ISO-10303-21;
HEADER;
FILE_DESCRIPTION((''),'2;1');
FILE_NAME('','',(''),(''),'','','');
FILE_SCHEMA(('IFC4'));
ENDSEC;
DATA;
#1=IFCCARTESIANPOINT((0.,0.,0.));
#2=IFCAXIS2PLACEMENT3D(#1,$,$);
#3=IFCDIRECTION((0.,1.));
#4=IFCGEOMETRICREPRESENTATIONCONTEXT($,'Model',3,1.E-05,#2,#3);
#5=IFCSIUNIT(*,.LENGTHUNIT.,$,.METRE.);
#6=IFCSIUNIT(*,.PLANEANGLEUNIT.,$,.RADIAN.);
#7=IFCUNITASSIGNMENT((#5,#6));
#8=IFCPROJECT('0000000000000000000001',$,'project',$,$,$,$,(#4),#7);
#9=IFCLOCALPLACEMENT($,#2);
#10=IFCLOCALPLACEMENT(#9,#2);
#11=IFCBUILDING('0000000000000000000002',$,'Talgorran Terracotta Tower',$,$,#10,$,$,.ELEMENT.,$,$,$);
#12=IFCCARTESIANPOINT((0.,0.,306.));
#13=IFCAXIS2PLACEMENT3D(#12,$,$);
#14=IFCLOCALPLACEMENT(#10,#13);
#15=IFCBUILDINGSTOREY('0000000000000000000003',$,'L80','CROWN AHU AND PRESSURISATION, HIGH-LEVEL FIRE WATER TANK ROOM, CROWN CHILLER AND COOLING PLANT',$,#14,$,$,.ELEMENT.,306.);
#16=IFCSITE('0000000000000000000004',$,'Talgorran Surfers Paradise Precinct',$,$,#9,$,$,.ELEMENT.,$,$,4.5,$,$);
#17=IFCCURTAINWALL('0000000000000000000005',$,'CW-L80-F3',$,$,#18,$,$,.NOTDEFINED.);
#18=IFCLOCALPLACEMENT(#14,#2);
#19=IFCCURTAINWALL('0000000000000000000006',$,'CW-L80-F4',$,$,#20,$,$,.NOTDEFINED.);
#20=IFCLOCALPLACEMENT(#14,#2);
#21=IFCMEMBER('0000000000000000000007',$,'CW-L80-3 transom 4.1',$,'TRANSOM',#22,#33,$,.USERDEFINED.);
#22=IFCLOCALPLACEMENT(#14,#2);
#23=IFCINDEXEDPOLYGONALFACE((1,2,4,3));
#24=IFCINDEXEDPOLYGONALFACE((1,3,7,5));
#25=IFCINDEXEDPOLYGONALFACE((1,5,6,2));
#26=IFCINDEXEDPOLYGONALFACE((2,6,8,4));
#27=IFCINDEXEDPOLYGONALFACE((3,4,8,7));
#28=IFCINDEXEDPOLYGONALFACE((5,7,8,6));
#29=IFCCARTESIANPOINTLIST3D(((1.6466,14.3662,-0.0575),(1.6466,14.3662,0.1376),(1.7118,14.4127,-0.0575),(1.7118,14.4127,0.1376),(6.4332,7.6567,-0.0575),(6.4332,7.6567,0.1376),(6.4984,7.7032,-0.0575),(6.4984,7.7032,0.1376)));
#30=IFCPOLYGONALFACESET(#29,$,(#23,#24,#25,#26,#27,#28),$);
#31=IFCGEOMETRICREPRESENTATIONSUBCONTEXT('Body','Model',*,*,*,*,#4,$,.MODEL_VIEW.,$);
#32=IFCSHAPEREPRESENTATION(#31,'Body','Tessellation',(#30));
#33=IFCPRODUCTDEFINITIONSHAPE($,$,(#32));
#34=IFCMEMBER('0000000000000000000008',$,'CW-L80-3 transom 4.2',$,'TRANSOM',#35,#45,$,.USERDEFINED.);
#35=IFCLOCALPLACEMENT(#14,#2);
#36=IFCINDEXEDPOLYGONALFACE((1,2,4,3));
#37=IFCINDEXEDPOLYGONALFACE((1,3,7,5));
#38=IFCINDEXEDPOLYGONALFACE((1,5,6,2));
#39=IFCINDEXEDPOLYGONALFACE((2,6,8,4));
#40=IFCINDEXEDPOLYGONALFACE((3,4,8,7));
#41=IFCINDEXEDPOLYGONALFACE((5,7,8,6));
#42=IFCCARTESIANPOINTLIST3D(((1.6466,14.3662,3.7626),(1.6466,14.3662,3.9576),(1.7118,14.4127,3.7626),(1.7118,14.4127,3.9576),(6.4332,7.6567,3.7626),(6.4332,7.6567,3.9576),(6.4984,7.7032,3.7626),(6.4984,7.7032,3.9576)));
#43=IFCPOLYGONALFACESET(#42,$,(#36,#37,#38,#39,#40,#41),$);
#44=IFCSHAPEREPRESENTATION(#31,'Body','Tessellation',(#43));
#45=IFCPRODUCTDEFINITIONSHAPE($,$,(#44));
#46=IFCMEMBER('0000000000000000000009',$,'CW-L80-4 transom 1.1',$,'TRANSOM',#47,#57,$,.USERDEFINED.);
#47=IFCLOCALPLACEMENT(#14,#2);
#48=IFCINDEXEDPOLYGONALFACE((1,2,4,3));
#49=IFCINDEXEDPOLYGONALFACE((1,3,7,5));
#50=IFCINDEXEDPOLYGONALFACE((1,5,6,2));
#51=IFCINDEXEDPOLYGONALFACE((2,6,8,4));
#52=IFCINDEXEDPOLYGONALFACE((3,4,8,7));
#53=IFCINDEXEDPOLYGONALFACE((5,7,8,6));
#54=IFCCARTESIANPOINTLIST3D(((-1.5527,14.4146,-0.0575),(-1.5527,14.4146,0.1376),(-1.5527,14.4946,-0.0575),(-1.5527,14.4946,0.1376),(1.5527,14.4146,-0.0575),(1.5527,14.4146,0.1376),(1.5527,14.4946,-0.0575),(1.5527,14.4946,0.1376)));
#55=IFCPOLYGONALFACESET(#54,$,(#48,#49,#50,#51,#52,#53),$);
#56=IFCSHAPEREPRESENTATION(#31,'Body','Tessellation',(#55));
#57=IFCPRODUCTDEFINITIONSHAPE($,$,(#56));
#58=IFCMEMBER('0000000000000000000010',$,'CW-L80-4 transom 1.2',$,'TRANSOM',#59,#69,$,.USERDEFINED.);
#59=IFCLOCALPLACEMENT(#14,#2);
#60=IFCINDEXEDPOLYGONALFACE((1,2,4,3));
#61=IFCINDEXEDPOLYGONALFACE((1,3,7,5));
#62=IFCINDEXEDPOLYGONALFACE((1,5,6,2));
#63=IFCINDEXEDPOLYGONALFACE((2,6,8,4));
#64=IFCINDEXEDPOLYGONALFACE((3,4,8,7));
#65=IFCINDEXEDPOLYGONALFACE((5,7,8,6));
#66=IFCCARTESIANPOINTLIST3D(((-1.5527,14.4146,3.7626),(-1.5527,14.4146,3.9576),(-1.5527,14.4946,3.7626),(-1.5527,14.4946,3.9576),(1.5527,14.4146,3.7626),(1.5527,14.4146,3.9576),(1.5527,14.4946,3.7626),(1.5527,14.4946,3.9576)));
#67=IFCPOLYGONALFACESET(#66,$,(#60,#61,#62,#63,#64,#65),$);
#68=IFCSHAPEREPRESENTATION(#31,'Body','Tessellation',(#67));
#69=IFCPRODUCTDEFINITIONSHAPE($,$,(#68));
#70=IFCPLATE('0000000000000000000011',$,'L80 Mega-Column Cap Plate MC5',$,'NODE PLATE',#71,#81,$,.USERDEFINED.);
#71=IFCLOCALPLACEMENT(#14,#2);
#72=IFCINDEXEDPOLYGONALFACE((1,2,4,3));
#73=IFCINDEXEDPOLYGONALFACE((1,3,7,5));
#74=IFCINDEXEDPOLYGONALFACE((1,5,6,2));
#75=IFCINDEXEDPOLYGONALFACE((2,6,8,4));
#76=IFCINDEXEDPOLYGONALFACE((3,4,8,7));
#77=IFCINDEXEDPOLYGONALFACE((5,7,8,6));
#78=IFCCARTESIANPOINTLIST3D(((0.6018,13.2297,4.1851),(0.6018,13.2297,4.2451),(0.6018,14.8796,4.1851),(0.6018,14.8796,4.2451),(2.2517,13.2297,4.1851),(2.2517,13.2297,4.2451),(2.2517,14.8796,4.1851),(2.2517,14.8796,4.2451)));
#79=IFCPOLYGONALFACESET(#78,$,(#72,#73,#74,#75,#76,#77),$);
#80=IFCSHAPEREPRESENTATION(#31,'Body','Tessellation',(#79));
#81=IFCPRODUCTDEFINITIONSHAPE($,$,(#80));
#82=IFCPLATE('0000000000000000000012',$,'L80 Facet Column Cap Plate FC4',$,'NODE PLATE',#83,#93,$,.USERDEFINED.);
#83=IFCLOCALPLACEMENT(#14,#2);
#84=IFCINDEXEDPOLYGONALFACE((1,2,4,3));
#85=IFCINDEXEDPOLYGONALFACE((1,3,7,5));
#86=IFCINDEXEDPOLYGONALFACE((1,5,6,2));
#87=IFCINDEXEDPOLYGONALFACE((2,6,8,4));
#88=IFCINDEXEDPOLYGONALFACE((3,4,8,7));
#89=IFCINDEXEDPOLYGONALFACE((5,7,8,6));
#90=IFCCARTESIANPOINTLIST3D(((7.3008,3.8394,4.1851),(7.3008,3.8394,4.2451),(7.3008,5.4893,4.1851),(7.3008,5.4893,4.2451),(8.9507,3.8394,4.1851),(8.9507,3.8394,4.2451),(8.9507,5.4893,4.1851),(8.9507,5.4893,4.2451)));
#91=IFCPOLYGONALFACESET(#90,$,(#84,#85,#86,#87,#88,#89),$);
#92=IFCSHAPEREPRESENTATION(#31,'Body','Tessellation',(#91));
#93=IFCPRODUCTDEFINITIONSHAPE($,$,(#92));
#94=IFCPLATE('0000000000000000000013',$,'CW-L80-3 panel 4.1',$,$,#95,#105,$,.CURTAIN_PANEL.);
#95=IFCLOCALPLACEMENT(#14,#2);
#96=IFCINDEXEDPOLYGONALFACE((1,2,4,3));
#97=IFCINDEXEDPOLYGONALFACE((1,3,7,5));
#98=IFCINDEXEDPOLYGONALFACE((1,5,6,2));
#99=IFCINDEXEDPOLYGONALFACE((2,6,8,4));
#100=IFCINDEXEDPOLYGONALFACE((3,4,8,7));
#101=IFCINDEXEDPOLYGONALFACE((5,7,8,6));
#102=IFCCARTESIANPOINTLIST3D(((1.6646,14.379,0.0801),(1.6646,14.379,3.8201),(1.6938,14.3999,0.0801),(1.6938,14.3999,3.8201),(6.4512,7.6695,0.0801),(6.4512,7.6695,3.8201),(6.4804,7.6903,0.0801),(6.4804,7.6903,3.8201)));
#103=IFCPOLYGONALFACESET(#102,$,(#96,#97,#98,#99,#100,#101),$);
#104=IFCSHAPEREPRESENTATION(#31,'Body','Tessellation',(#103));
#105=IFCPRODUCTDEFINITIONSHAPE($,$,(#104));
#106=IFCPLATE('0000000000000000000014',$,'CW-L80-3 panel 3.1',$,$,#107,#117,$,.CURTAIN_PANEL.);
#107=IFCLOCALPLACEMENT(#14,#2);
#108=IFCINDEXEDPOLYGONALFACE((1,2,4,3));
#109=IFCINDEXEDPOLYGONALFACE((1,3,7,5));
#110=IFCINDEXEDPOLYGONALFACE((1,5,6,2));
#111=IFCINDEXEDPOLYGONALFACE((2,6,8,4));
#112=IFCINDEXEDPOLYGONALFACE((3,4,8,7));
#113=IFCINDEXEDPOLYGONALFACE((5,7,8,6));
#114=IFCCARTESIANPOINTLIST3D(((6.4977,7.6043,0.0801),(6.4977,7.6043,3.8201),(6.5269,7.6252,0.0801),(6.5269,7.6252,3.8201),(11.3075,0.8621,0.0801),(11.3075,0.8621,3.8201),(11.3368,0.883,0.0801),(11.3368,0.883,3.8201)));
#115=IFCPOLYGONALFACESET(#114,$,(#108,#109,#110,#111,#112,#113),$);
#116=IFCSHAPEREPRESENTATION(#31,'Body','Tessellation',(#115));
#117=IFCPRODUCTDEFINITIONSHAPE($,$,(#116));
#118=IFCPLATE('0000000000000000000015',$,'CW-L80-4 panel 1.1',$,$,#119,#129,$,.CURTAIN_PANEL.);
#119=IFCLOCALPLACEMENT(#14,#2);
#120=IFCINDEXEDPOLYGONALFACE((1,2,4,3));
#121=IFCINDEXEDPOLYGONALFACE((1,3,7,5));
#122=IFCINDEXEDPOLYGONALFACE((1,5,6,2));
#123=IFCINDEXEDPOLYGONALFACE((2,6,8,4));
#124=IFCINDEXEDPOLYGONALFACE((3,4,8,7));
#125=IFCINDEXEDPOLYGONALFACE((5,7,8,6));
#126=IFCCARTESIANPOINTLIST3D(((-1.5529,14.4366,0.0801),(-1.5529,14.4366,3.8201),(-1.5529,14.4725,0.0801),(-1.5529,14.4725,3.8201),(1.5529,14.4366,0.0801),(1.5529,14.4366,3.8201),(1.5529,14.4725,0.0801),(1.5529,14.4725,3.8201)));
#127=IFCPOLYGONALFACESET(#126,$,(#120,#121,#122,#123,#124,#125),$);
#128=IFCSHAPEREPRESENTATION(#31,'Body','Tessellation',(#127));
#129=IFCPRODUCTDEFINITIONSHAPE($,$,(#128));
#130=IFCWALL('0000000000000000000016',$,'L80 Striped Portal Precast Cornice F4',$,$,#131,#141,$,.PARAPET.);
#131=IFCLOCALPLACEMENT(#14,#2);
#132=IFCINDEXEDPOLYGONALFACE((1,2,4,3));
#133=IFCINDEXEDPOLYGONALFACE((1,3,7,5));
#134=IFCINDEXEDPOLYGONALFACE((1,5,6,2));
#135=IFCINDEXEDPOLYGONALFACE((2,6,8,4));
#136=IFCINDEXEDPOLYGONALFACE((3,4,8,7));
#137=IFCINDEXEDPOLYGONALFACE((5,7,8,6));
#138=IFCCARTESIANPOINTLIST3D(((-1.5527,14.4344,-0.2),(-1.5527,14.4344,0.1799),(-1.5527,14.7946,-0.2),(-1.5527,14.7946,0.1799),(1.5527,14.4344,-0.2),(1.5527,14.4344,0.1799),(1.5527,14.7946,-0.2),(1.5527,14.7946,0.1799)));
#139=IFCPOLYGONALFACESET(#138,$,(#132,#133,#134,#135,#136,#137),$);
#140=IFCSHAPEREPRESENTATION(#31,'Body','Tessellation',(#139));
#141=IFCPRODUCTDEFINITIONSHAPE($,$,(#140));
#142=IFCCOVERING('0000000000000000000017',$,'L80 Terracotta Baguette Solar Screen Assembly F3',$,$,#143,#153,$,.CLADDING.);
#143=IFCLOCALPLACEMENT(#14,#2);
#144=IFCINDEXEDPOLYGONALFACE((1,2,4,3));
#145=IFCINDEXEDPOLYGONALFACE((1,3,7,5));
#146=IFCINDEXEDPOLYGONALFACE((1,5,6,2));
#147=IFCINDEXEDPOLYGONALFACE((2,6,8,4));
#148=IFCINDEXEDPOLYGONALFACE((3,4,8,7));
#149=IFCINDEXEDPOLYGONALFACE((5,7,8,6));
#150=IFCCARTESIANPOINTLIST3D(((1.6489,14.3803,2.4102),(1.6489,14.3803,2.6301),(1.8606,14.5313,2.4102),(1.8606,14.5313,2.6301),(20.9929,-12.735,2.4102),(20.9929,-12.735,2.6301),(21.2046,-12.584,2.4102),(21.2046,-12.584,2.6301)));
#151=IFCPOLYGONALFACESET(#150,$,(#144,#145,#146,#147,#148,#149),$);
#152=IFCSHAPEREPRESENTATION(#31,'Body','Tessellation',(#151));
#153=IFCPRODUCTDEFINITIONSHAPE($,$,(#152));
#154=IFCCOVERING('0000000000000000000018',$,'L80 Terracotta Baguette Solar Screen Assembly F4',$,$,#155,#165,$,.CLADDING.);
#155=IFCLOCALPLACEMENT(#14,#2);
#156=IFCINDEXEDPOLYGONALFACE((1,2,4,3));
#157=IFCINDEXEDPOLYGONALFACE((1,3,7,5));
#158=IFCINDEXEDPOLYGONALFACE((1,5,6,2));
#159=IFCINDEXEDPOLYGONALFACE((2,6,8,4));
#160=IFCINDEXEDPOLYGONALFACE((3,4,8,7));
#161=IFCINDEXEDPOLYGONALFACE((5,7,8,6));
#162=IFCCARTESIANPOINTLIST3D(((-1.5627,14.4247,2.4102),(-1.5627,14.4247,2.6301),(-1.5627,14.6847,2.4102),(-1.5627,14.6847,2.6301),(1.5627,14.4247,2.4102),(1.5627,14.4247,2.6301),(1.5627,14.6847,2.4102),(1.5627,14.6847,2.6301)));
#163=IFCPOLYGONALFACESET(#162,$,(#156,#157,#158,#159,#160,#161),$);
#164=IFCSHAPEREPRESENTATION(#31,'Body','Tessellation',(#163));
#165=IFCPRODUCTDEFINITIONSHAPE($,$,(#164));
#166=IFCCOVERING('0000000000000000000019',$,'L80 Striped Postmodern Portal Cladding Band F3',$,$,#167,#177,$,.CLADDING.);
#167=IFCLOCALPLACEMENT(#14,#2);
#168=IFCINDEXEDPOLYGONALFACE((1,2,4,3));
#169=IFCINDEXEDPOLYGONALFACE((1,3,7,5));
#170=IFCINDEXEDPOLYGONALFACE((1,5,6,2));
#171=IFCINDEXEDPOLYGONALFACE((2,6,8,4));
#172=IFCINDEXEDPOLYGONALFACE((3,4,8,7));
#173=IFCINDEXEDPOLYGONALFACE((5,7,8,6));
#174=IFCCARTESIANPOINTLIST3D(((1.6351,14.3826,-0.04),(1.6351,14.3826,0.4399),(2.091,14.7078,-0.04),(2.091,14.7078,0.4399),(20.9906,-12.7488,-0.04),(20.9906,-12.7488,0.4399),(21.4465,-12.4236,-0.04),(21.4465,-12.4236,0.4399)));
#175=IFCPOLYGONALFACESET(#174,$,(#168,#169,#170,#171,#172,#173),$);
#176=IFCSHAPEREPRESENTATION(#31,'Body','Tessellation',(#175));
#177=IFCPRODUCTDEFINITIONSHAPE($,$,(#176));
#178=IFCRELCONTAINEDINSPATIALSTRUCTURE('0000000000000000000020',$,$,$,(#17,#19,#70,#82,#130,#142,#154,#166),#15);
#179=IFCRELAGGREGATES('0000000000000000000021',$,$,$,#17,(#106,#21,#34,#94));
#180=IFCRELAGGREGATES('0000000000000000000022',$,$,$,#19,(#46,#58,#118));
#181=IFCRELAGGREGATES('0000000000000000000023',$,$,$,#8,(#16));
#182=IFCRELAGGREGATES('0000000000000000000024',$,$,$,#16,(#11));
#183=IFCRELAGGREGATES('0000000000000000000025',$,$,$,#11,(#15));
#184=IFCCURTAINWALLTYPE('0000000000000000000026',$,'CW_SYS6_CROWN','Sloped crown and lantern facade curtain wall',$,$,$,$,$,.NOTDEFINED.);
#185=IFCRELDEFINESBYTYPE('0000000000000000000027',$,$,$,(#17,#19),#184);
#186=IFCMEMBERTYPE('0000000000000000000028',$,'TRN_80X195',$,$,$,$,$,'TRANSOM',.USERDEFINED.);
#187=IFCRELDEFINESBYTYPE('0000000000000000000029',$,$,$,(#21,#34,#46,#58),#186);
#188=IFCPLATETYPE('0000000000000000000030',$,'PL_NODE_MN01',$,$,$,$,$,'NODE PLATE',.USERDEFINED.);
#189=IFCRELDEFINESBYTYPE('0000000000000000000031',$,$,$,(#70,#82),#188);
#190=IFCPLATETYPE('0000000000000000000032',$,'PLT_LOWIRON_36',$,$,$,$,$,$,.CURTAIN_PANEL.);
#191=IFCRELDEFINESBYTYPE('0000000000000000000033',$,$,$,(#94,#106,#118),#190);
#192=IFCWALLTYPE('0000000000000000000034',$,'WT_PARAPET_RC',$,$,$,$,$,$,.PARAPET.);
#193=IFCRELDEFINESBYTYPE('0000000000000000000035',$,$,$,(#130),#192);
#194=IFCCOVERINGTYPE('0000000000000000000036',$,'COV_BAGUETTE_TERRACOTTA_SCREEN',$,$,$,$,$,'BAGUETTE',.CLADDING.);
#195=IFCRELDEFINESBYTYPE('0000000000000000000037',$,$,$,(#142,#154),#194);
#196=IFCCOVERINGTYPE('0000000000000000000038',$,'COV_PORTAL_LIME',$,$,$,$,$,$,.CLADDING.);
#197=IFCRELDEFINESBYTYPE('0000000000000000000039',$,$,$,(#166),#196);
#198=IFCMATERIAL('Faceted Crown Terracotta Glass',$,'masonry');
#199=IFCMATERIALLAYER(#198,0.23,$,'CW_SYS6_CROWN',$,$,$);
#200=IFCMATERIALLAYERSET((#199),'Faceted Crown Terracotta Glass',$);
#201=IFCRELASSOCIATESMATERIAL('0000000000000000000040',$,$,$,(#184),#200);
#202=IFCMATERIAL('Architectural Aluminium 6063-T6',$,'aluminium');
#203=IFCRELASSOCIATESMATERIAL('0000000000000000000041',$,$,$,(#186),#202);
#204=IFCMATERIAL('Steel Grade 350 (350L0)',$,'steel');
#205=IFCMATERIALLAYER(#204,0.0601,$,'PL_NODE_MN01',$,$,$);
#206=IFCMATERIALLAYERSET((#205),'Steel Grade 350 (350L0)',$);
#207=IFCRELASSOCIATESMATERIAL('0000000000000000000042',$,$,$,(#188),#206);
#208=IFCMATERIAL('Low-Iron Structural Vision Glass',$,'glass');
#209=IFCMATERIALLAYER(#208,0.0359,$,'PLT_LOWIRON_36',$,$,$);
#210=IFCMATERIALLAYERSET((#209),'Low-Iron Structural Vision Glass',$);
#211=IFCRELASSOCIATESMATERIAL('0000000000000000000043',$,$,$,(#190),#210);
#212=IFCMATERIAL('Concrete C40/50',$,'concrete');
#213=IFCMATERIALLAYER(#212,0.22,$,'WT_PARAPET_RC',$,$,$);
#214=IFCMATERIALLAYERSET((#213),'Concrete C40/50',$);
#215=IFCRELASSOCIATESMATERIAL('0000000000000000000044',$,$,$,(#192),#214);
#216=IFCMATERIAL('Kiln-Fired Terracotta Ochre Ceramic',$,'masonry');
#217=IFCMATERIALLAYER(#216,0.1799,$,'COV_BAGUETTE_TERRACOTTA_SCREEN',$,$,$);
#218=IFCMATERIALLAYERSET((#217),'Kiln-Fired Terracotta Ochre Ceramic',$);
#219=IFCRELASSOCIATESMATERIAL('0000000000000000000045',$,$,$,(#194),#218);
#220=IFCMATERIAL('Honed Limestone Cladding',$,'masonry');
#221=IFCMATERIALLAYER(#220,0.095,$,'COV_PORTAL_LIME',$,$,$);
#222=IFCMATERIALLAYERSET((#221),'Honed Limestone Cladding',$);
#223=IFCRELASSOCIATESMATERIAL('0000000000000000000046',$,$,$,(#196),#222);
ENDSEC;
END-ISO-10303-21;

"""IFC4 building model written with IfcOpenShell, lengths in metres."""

from ifc_helpers import new_model, si_unit, direction, frame, frame_2d, origin, origin_2d, place, context, subcontext, project, spatial, rectangle, extrude, source, transform, mapped, material, layer, layer_set, material_profile, profile_set, type_object, type_shapes, element, aggregate, save


model = new_model("IFC4")

# Units and contexts
model_context = context("Model", 3, precision=1e-05, world=origin(), true_north=direction((0.0, 1.0)))
body_context = subcontext(model_context, "Body", "Model", "MODEL_VIEW")
ifc_project = project(units=[si_unit("LENGTHUNIT", "METRE"), si_unit("PLANEANGLEUNIT", "RADIAN")], contexts=[model_context])

# Site, building, storey
site_placement = place(None, origin())
site = spatial("IfcSite", under=ifc_project, at=site_placement, Name="Talgorran Surfers Paradise Precinct", CompositionType="ELEMENT", RefElevation=4.5)
building_placement = place(site_placement, origin())
building = spatial("IfcBuilding", under=site, at=building_placement, Name="Talgorran Terracotta Tower", CompositionType="ELEMENT")
storey_placement = place(building_placement, frame((0.0, 0.0, 306.0)))
storey = spatial("IfcBuildingStorey", under=building, at=storey_placement, Name="L80", Description="CROWN AHU AND PRESSURISATION, HIGH-LEVEL FIRE WATER TANK ROOM, CROWN CHILLER AND COOLING PLANT", CompositionType="ELEMENT", Elevation=306.0)

# Shared definitions
ifc_material_1 = material(Name="Steel Grade 350 (350L0)", Category="steel")

# Curtain wall
ifc_material_2 = material(Name="Faceted Crown Terracotta Glass", Category="masonry")
ifc_layer_1 = layer(ifc_material_2, 0.23, Name="CW_SYS6_CROWN")
ifc_layer_set_1 = layer_set([ifc_layer_1], Name="Faceted Crown Terracotta Glass")
curtain_wall_type = type_object("IfcCurtainWallType", Name="CW_SYS6_CROWN", Description="Sloped crown and lantern facade curtain wall", PredefinedType="NOTDEFINED", material=ifc_layer_set_1)
curtain_wall_1_placement = place(storey_placement, origin())
curtain_wall_1 = element("IfcCurtainWall", 1, at=curtain_wall_1_placement, inside=storey, type_object=curtain_wall_type, Name="CW-L80-F3", PredefinedType="NOTDEFINED")
ifc_material_3 = material(Name="Architectural Aluminium 6063-T6", Category="aluminium")

# Curtain wall
curtain_wall_2_placement = place(storey_placement, origin())
curtain_wall_2 = element("IfcCurtainWall", 2, at=curtain_wall_2_placement, inside=storey, type_object=curtain_wall_type, Name="CW-L80-F4", PredefinedType="NOTDEFINED")

# Members
ifc_material_profile_1 = material_profile(ifc_material_3, rectangle(XDim=0.0801, YDim=0.1951, at=origin_2d()), Name="CWT80X195")
ifc_profile_set_1 = profile_set([ifc_material_profile_1], Name="Architectural Aluminium 6063-T6")
member_type_1 = type_object("IfcMemberType", Name="TRN_80X195", ElementType="TRANSOM", PredefinedType="USERDEFINED", material=ifc_profile_set_1)
member_1_placement = place(storey_placement, frame((6.4658, 7.6799, 0.04), z_axis=(-0.580767, 0.81407, 0.0), x_axis=(-0.81407, -0.580767, 0.0)))
member_1 = element("IfcMember", 3, at=member_1_placement, type_object=member_type_1, Name="CW-L80-3 transom 4.1", ObjectType="TRANSOM", PredefinedType="USERDEFINED", context=body_context, shape_type="SweptSolid", body=[
    extrude(rectangle(XDim=0.0801, YDim=0.1951, at=origin_2d()), origin(), (0.0, 0.0, 1.0), 8.2419),
])
member_2_placement = place(storey_placement, frame((6.4658, 7.6799, 3.8601), z_axis=(-0.580767, 0.81407, 0.0), x_axis=(-0.81407, -0.580767, 0.0)))
member_2 = element("IfcMember", 4, at=member_2_placement, type_object=member_type_1, Name="CW-L80-3 transom 4.2", ObjectType="TRANSOM", PredefinedType="USERDEFINED", context=body_context, shape_type="SweptSolid", body=[
    extrude(rectangle(XDim=0.0801, YDim=0.1951, at=origin_2d()), origin(), (0.0, 0.0, 1.0), 8.2419),
])
member_3_placement = place(storey_placement, frame((1.5527, 14.4546, 0.04), z_axis=(-1.0, 0.0, 0.0), x_axis=(0.0, -1.0, 0.0)))
member_3 = element("IfcMember", 5, at=member_3_placement, type_object=member_type_1, Name="CW-L80-4 transom 1.1", ObjectType="TRANSOM", PredefinedType="USERDEFINED", context=body_context, shape_type="SweptSolid", body=[
    extrude(rectangle(XDim=0.0801, YDim=0.1951, at=origin_2d()), origin(), (0.0, 0.0, 1.0), 3.1055),
])
member_4_placement = place(storey_placement, frame((1.5527, 14.4546, 3.8601), z_axis=(-1.0, 0.0, 0.0), x_axis=(0.0, -1.0, 0.0)))
member_4 = element("IfcMember", 6, at=member_4_placement, type_object=member_type_1, Name="CW-L80-4 transom 1.2", ObjectType="TRANSOM", PredefinedType="USERDEFINED", context=body_context, shape_type="SweptSolid", body=[
    extrude(rectangle(XDim=0.0801, YDim=0.1951, at=origin_2d()), origin(), (0.0, 0.0, 1.0), 3.1055),
])

# Plates
ifc_layer_2 = layer(ifc_material_1, 0.0601, Name="PL_NODE_MN01")
ifc_layer_set_2 = layer_set([ifc_layer_2], Name="Steel Grade 350 (350L0)")
plate_type_1 = type_object("IfcPlateType", Name="PL_NODE_MN01", ElementType="NODE PLATE", PredefinedType="USERDEFINED", material=ifc_layer_set_2)
for number, where, z_axis, x_axis, name in (
    (7, (1.4268, 14.0547, 4.1851), (0.0, 0.0, 1.0), (1.0, 0.0, 0.0), "L80 Mega-Column Cap Plate MC5"),
    (8, (8.1257, 4.6643, 4.1851), (0.0, 0.0, 1.0), (1.0, 0.0, 0.0), "L80 Facet Column Cap Plate FC4"),
):
    element("IfcPlate", number, at=place(storey_placement, frame(where, z_axis=z_axis, x_axis=x_axis)), inside=storey, type_object=plate_type_1, Name=name, ObjectType="NODE PLATE", PredefinedType="USERDEFINED", context=body_context, shape_type="SweptSolid", body=[
        extrude(rectangle(XDim=1.6499, YDim=1.6499, at=origin_2d()), origin(), (0.0, 0.0, 1.0), 0.0601),
    ])

# Plates
ifc_material_4 = material(Name="Low-Iron Structural Vision Glass", Category="glass")
ifc_layer_3 = layer(ifc_material_4, 0.0359, Name="PLT_LOWIRON_36")
ifc_layer_set_3 = layer_set([ifc_layer_3], Name="Low-Iron Structural Vision Glass")
plate_type_2 = type_object("IfcPlateType", Name="PLT_LOWIRON_36", PredefinedType="CURTAIN_PANEL", material=ifc_layer_set_3)
shared_shape_1 = source(origin(), body_context, "Body", "SweptSolid", [
    extrude(rectangle(XDim=8.2419, YDim=0.0359, at=origin_2d()), origin(), (0.0, 0.0, 1.0), 3.74),
])
plate_1_placement = place(storey_placement, frame((4.0725, 11.0347, 0.0801), z_axis=(0.0, 0.0, 1.0), x_axis=(-0.580758, 0.814076, 0.0)))
plate_1 = element("IfcPlate", 9, at=plate_1_placement, type_object=plate_type_2, Name="CW-L80-3 panel 4.1", PredefinedType="CURTAIN_PANEL", context=body_context, shape_type="MappedRepresentation", body=[
    mapped(shared_shape_1, transform((0.0, 0.0, 0.0), scale=1.0)),
])
shared_shape_2 = source(origin(), body_context, "Body", "SweptSolid", [
    extrude(rectangle(XDim=8.282, YDim=0.0359, at=origin_2d()), origin(), (0.0, 0.0, 1.0), 3.74),
])
plate_2_placement = place(storey_placement, frame((8.9172, 4.2437, 0.0801), z_axis=(0.0, 0.0, 1.0), x_axis=(-0.580758, 0.814076, 0.0)))
plate_2 = element("IfcPlate", 10, at=plate_2_placement, type_object=plate_type_2, Name="CW-L80-3 panel 3.1", PredefinedType="CURTAIN_PANEL", context=body_context, shape_type="MappedRepresentation", body=[
    mapped(shared_shape_2, transform((0.0, 0.0, 0.0), scale=1.0)),
])
aggregate(curtain_wall_1, [plate_2, member_1, member_2, plate_1])
shared_shape_3 = source(origin(), body_context, "Body", "SweptSolid", [
    extrude(rectangle(XDim=3.1057, YDim=0.0359, at=origin_2d()), origin(), (0.0, 0.0, 1.0), 3.74),
])
type_shapes(plate_type_2, [shared_shape_1, shared_shape_2, shared_shape_3])
plate_3_placement = place(storey_placement, frame((0.0, 14.4546, 0.0801), z_axis=(0.0, 0.0, 1.0), x_axis=(-1.0, 0.0, 0.0)))
plate_3 = element("IfcPlate", 11, at=plate_3_placement, type_object=plate_type_2, Name="CW-L80-4 panel 1.1", PredefinedType="CURTAIN_PANEL", context=body_context, shape_type="MappedRepresentation", body=[
    mapped(shared_shape_3, transform((0.0, 0.0, 0.0), scale=1.0)),
])
aggregate(curtain_wall_2, [member_3, member_4, plate_3])

# Wall
ifc_material_5 = material(Name="Concrete C40/50", Category="concrete")
ifc_layer_4 = layer(ifc_material_5, 0.22, Name="WT_PARAPET_RC")
ifc_layer_set_4 = layer_set([ifc_layer_4], Name="Concrete C40/50")
wall_type = type_object("IfcWallType", Name="WT_PARAPET_RC", PredefinedType="PARAPET", material=ifc_layer_set_4)
wall_placement = place(storey_placement, frame((1.5527, 14.6145, -0.2), z_axis=(0.0, 0.0, 1.0), x_axis=(-1.0, 0.0, 0.0)))
element("IfcWall", 12, at=wall_placement, inside=storey, type_object=wall_type, Name="L80 Striped Portal Precast Cornice F4", PredefinedType="PARAPET", context=body_context, shape_type="SweptSolid", body=[
    extrude(rectangle(XDim=3.1055, YDim=0.3601, at=frame_2d((1.5527, 0.0))), origin(), (0.0, 0.0, 1.0), 0.3799),
])

# Coverings
ifc_material_6 = material(Name="Kiln-Fired Terracotta Ochre Ceramic", Category="masonry")
ifc_layer_5 = layer(ifc_material_6, 0.1799, Name="COV_BAGUETTE_TERRACOTTA_SCREEN")
ifc_layer_set_5 = layer_set([ifc_layer_5], Name="Kiln-Fired Terracotta Ochre Ceramic")
covering_type_1 = type_object("IfcCoveringType", Name="COV_BAGUETTE_TERRACOTTA_SCREEN", ElementType="BAGUETTE", PredefinedType="CLADDING", material=ifc_layer_set_5)
covering_1_placement = place(storey_placement, frame((11.4268, 0.8982, 2.4102), z_axis=(0.0, 0.0, 1.0), x_axis=(-0.58076, 0.814075, 0.0)))
element("IfcCovering", 13, at=covering_1_placement, inside=storey, type_object=covering_type_1, Name="L80 Terracotta Baguette Solar Screen Assembly F3", PredefinedType="CLADDING", context=body_context, shape_type="SweptSolid", body=[
    extrude(rectangle(XDim=33.3081, YDim=0.26, at=origin_2d()), origin(), (0.0, 0.0, 1.0), 0.22),
])
covering_2_placement = place(storey_placement, frame((0.0, 14.5547, 2.4102), z_axis=(0.0, 0.0, 1.0), x_axis=(-1.0, 0.0, 0.0)))
element("IfcCovering", 14, at=covering_2_placement, inside=storey, type_object=covering_type_1, Name="L80 Terracotta Baguette Solar Screen Assembly F4", PredefinedType="CLADDING", context=body_context, shape_type="SweptSolid", body=[
    extrude(rectangle(XDim=3.1255, YDim=0.26, at=origin_2d()), origin(), (0.0, 0.0, 1.0), 0.22),
])
ifc_material_7 = material(Name="Honed Limestone Cladding", Category="masonry")
ifc_layer_6 = layer(ifc_material_7, 0.095, Name="COV_PORTAL_LIME")
ifc_layer_set_6 = layer_set([ifc_layer_6], Name="Honed Limestone Cladding")
covering_type_2 = type_object("IfcCoveringType", Name="COV_PORTAL_LIME", PredefinedType="CLADDING", material=ifc_layer_set_6)
covering_3_placement = place(storey_placement, frame((11.5408, 0.9795, -0.04), z_axis=(0.0, 0.0, 1.0), x_axis=(-0.58076, 0.814075, 0.0)))
element("IfcCovering", 15, at=covering_3_placement, inside=storey, type_object=covering_type_2, Name="L80 Striped Postmodern Portal Cladding Band F3", PredefinedType="CLADDING", context=body_context, shape_type="SweptSolid", body=[
    extrude(rectangle(XDim=33.3279, YDim=0.5601, at=origin_2d()), origin(), (0.0, 0.0, 1.0), 0.48),
])

save(model, "model.ifc")
